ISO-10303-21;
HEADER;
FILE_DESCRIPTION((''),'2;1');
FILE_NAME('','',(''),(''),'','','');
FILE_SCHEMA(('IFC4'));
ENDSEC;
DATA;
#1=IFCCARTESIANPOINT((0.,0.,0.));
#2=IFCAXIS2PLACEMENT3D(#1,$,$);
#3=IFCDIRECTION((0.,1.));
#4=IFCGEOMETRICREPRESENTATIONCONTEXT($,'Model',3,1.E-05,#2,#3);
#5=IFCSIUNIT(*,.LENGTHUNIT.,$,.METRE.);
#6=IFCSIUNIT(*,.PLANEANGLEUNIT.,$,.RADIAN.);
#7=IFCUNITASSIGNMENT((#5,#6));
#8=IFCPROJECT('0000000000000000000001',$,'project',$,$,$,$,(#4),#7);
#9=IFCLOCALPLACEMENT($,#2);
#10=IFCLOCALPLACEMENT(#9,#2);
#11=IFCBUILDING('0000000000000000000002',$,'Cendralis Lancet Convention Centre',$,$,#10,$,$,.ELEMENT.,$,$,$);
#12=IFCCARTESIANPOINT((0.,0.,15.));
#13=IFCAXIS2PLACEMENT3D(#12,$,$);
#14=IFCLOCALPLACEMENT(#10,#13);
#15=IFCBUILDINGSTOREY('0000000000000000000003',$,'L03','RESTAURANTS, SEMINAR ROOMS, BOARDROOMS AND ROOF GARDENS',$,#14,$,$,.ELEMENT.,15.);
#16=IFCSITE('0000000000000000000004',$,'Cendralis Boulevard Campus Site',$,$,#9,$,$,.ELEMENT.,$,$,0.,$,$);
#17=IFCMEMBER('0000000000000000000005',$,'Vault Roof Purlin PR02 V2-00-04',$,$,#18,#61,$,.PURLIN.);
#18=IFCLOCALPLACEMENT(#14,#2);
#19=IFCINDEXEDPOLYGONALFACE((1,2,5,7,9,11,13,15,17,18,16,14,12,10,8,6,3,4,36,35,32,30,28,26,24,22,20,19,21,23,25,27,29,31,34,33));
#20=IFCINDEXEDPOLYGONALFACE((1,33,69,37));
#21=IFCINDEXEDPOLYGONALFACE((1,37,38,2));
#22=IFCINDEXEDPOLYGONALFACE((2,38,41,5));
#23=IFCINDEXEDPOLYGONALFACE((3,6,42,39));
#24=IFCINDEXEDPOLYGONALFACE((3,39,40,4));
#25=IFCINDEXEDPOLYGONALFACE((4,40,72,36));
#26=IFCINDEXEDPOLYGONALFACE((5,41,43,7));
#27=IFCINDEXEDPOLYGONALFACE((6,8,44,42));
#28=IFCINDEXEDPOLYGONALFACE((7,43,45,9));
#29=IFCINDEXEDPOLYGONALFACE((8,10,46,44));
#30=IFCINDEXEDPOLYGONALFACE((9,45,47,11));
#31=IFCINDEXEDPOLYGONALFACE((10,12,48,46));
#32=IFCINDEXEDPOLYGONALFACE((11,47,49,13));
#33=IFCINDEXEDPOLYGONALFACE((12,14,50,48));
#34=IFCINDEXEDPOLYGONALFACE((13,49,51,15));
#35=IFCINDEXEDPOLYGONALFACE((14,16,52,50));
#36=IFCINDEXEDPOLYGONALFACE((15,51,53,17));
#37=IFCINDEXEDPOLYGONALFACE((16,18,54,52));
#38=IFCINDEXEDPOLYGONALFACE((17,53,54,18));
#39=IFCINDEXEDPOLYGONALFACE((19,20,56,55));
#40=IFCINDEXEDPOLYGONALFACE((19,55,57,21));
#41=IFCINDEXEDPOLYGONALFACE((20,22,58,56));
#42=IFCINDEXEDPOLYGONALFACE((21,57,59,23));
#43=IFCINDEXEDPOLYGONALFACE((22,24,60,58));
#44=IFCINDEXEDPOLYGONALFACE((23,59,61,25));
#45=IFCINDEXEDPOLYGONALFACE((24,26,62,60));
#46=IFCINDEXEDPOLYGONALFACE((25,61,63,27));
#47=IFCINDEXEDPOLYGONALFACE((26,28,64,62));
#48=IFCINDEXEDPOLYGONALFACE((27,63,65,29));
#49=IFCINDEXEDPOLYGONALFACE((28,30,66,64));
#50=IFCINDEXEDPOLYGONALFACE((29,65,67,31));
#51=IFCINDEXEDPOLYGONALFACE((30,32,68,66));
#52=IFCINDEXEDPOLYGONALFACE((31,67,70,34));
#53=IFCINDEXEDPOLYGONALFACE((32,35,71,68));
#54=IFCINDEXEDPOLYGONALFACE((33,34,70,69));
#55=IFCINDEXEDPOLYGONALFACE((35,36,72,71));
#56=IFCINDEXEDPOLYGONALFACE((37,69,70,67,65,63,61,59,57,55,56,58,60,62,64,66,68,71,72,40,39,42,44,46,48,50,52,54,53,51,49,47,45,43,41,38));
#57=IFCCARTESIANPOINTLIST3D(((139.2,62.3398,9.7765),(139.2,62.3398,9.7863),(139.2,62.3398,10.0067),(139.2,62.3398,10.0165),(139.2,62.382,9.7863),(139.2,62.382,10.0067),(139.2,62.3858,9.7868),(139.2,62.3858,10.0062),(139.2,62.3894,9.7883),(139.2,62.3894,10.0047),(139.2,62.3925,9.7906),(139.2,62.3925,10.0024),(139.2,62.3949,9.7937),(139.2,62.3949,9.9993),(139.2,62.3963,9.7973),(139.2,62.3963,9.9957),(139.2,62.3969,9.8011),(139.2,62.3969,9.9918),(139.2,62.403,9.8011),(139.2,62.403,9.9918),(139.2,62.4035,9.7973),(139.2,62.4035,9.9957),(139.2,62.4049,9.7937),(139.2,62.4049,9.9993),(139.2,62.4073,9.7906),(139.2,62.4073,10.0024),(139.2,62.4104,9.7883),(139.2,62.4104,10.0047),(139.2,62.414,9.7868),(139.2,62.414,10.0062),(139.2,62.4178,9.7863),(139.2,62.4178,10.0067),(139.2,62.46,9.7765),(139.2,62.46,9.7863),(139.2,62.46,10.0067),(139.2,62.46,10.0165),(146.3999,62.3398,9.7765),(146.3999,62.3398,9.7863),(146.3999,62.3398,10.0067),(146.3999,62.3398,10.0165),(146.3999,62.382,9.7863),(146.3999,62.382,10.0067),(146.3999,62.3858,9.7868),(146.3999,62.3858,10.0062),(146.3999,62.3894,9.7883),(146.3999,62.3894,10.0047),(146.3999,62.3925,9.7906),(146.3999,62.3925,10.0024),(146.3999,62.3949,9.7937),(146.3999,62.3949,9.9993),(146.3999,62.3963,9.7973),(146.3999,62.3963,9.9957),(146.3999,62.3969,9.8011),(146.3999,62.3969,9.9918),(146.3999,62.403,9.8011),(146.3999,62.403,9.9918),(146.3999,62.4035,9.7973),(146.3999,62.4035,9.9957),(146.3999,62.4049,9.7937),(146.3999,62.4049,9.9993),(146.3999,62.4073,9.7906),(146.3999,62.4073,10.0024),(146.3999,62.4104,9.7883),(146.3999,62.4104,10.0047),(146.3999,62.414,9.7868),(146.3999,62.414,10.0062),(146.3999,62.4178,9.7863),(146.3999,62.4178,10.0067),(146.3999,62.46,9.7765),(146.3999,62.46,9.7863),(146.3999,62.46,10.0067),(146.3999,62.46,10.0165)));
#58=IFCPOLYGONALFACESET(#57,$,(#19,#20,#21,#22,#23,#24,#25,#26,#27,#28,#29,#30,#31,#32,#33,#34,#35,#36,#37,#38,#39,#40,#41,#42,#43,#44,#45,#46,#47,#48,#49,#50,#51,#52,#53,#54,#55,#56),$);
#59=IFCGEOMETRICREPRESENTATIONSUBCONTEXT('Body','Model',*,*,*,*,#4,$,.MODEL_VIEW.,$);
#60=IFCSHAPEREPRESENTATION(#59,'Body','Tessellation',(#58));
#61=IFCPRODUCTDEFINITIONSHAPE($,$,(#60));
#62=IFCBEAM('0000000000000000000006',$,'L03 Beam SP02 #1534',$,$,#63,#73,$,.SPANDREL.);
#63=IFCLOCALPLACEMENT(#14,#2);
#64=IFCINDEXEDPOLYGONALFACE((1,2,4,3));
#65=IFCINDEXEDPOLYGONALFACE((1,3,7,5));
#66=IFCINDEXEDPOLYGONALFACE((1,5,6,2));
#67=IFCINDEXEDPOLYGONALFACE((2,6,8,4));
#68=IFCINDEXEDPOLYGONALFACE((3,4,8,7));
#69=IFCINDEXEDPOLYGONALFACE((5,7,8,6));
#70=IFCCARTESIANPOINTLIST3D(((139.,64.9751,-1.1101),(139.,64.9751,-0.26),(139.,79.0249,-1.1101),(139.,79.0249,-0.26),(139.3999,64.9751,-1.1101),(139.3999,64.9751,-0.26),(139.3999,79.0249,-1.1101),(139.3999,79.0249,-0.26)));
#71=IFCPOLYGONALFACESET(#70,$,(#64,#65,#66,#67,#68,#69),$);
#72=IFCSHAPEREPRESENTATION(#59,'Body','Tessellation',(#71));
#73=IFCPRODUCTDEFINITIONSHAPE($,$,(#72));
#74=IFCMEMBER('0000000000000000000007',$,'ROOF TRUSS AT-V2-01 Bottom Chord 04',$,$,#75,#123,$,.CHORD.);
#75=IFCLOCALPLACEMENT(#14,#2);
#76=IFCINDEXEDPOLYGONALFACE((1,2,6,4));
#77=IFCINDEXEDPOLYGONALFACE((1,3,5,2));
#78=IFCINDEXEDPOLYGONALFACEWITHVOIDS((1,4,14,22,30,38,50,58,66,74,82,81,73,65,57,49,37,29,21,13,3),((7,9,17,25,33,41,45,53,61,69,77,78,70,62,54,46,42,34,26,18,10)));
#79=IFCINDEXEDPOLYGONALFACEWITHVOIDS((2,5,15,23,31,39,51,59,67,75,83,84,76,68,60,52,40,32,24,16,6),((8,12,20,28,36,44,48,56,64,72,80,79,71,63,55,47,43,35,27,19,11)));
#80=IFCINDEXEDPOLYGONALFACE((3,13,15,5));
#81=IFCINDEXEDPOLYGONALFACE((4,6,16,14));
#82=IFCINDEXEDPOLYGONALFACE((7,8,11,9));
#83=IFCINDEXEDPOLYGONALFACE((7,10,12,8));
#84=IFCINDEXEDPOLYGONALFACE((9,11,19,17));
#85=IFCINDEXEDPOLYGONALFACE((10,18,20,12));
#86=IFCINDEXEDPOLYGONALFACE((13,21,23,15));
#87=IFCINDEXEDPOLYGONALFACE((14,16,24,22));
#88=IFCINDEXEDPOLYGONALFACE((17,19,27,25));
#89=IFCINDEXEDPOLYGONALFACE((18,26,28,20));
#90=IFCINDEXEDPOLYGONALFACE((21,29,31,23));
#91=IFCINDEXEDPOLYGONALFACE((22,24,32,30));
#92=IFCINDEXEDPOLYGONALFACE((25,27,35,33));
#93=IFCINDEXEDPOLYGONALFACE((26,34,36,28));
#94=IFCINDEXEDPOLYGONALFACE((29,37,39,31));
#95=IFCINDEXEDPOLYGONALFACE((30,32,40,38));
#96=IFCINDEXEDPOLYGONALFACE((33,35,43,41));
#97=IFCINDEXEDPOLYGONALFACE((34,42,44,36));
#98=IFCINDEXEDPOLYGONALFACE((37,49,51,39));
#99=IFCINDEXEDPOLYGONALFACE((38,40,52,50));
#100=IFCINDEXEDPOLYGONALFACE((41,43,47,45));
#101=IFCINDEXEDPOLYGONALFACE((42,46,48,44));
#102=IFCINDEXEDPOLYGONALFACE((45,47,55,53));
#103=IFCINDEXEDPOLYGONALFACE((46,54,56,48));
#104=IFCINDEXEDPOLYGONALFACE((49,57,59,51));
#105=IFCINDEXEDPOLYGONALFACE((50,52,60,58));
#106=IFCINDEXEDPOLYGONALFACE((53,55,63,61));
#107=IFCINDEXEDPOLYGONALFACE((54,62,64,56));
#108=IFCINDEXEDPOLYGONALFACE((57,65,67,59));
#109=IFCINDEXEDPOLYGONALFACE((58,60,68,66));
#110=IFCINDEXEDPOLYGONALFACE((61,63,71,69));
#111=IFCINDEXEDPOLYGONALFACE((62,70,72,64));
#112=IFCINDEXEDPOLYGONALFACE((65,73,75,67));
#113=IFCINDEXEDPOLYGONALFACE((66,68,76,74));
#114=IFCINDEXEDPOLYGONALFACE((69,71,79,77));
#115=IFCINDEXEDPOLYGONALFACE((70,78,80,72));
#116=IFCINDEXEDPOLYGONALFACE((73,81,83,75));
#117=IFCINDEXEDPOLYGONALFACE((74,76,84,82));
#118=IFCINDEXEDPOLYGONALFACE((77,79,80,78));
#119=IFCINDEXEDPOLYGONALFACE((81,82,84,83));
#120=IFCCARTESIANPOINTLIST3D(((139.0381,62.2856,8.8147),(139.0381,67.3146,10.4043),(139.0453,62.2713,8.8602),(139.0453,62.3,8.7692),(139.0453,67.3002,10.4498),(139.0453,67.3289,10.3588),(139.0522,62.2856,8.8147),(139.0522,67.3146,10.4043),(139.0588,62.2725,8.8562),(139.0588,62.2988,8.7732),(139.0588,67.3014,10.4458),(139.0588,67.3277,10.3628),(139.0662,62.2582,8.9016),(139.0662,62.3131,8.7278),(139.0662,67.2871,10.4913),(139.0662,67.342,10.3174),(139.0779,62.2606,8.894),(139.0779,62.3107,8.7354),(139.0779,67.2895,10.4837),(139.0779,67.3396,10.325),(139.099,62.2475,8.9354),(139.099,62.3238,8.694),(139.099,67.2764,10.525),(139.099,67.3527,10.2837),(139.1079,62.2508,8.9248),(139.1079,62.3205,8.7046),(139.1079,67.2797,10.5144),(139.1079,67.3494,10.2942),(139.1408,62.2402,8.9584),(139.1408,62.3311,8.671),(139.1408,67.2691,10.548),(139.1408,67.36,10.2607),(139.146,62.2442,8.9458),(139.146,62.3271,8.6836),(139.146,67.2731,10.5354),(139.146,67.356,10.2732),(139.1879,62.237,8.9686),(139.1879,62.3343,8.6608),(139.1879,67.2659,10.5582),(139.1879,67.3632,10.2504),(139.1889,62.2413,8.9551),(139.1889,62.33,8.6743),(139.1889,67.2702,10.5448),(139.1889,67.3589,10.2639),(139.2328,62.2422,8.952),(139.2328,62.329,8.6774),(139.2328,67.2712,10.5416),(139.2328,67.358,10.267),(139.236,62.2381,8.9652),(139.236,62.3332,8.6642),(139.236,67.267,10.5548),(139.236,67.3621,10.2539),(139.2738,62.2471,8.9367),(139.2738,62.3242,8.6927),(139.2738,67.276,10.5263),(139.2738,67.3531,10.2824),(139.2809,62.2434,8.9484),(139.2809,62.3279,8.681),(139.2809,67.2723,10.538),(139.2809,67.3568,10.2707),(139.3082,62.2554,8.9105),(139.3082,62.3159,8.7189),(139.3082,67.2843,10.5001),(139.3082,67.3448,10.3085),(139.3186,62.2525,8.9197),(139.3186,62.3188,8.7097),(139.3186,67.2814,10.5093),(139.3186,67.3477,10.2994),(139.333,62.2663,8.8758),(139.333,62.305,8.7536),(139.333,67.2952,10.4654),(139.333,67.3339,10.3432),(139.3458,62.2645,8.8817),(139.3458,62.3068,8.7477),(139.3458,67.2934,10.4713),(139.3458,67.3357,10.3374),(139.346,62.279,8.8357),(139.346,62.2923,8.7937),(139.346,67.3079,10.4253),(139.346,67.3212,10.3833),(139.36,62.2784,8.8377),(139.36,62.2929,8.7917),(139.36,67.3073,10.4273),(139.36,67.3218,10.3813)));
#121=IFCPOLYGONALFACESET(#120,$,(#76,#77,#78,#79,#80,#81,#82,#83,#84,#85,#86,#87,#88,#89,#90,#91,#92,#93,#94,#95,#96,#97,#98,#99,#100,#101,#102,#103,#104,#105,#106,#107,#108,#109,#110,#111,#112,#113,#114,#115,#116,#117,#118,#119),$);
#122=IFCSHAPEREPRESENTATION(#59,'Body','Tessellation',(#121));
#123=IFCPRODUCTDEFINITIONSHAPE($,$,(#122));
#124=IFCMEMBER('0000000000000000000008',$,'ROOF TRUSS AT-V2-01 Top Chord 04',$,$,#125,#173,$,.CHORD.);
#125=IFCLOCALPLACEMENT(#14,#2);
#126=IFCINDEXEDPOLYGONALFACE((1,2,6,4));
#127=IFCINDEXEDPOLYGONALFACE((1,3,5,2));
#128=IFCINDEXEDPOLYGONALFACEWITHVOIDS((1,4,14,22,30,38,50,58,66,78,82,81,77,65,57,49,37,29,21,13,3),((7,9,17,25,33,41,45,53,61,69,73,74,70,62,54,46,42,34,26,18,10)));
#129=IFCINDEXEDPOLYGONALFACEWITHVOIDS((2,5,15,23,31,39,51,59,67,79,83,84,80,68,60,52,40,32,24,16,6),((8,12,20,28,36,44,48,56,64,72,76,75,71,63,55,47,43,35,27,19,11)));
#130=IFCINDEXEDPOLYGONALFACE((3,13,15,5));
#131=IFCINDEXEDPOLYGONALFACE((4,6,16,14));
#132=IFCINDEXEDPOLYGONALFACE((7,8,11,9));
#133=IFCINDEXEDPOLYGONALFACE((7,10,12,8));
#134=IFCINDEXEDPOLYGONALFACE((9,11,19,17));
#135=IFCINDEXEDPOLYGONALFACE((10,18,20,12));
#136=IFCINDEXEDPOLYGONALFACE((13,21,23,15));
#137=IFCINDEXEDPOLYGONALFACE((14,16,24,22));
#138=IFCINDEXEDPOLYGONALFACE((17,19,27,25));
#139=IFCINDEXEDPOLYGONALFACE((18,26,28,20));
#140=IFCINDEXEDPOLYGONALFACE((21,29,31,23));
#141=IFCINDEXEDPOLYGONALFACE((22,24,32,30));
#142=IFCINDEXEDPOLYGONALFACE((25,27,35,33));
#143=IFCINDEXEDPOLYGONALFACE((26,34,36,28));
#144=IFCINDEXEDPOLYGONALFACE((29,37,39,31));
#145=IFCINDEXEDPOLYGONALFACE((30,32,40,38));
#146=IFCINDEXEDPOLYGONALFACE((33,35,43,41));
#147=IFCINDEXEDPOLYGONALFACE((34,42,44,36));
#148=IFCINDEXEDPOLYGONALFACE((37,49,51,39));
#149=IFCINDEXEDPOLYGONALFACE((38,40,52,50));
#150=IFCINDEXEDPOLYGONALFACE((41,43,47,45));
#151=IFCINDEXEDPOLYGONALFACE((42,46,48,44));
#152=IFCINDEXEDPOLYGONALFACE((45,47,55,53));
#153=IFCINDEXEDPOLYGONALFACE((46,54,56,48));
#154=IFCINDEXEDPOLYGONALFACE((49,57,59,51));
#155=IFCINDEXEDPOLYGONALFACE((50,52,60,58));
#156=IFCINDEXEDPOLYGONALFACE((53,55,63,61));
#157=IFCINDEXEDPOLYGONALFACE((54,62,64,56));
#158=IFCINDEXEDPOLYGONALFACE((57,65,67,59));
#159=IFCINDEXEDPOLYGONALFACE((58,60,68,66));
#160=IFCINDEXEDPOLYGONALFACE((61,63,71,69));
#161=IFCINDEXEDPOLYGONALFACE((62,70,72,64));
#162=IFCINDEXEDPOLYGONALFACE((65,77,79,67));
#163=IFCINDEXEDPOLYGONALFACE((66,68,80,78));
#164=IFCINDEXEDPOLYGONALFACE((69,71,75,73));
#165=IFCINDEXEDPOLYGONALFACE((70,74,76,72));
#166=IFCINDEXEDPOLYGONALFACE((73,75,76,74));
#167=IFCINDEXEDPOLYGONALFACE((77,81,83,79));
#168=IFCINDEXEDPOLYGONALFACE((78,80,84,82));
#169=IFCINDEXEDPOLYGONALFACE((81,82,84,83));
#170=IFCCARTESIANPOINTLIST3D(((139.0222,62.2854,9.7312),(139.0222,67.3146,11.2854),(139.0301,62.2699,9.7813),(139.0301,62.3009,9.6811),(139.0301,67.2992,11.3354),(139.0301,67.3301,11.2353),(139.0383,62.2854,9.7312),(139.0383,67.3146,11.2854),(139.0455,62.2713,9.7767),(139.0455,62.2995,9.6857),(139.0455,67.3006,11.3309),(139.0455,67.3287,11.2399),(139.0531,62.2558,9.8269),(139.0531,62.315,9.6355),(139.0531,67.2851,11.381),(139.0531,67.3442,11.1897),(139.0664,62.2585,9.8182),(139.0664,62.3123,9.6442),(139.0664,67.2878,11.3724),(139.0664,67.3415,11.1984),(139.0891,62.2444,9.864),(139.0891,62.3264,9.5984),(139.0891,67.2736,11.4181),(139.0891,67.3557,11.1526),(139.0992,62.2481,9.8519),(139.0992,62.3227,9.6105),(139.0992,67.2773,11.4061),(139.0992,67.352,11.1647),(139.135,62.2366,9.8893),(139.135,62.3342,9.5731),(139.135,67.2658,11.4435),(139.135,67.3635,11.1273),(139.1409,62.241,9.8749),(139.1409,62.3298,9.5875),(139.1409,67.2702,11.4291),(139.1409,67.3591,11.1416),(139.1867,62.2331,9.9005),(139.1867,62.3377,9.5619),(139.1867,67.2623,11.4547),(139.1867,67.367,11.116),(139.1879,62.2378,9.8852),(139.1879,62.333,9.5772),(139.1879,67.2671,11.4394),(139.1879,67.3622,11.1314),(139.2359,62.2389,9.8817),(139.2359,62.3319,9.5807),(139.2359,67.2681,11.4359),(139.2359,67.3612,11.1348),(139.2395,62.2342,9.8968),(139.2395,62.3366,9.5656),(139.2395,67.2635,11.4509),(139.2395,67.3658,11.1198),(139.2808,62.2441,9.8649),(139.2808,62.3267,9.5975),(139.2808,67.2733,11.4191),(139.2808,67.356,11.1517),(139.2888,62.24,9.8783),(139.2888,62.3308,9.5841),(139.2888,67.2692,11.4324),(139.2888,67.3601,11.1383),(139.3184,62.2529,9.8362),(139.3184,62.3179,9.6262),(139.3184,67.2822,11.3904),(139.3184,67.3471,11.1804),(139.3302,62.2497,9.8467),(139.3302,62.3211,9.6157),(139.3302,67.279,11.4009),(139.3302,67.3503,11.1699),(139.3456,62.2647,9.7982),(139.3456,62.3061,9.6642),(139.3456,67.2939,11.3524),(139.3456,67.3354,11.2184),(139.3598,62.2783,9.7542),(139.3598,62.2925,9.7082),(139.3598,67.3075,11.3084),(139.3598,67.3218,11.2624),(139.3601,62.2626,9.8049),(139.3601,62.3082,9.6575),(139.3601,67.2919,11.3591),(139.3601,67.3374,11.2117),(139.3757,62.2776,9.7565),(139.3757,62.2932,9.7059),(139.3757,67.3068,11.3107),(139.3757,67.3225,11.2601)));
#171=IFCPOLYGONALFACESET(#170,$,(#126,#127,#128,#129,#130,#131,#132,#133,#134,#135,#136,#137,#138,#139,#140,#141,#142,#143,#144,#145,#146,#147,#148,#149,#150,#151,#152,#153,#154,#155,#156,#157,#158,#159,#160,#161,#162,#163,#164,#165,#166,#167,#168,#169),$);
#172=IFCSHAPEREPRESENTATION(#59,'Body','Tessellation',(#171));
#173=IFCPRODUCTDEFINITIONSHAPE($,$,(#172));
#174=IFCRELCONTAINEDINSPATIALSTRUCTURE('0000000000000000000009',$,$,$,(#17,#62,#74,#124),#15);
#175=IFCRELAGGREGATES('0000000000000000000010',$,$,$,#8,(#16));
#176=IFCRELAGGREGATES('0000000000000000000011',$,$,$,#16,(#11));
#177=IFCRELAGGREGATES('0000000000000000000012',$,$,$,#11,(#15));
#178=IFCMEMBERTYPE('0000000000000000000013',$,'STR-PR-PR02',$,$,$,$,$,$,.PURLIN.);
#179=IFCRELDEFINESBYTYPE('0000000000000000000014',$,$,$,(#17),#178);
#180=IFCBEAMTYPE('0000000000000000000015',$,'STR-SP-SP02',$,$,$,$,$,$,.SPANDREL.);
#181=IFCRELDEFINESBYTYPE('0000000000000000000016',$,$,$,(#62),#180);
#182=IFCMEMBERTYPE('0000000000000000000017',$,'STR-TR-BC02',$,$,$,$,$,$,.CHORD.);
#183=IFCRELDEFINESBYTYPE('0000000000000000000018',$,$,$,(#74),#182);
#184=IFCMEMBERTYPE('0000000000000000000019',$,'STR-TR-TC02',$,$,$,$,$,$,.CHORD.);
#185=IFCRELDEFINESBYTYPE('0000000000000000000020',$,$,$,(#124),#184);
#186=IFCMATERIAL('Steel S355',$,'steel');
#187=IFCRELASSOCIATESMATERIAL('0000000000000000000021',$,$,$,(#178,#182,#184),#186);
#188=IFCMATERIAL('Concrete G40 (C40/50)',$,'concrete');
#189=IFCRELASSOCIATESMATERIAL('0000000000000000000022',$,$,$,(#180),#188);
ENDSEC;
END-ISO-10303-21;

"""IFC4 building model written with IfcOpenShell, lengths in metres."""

from ifc_helpers import new_model, si_unit, direction, frame, origin, origin_2d, place, context, subcontext, project, spatial, rectangle, hollow_circle, i_section, extrude, material, material_profile, profile_set, type_object, element, save


model = new_model("IFC4")

# Units and contexts
model_context = context("Model", 3, precision=1e-05, world=origin(), true_north=direction((0.0, 1.0)))
body_context = subcontext(model_context, "Body", "Model", "MODEL_VIEW")
ifc_project = project(units=[si_unit("LENGTHUNIT", "METRE"), si_unit("PLANEANGLEUNIT", "RADIAN")], contexts=[model_context])

# Site, building, storey
site_placement = place(None, origin())
site = spatial("IfcSite", under=ifc_project, at=site_placement, Name="Cendralis Boulevard Campus Site", CompositionType="ELEMENT", RefElevation=0.0)
building_placement = place(site_placement, origin())
building = spatial("IfcBuilding", under=site, at=building_placement, Name="Cendralis Lancet Convention Centre", CompositionType="ELEMENT")
storey_placement = place(building_placement, frame((0.0, 0.0, 15.0)))
storey = spatial("IfcBuildingStorey", under=building, at=storey_placement, Name="L03", Description="RESTAURANTS, SEMINAR ROOMS, BOARDROOMS AND ROOF GARDENS", CompositionType="ELEMENT", Elevation=15.0)

# Shared definitions
ifc_material_1 = material(Name="Steel S355", Category="steel")

# Member
ifc_material_profile_1 = material_profile(ifc_material_1, i_section(OverallWidth=0.1201, OverallDepth=0.24, WebThickness=0.0061, FlangeThickness=0.0098, FilletRadius=0.0149, at=origin_2d()), Name="IPE 240")
ifc_profile_set_1 = profile_set([ifc_material_profile_1], Name="Steel S355")
member_type_1 = type_object("IfcMemberType", Name="STR-PR-PR02", PredefinedType="PURLIN", material=ifc_profile_set_1)
member_1_placement = place(storey_placement, frame((139.2, 62.3999, 9.8965), z_axis=(1.0, 0.0, 0.0), x_axis=(0.0, 1.0, 0.0)))
element("IfcMember", 1, at=member_1_placement, inside=storey, type_object=member_type_1, Name="Vault Roof Purlin PR02 V2-00-04", PredefinedType="PURLIN", context=body_context, shape_type="SweptSolid", body=[
    extrude(i_section(OverallWidth=0.1201, OverallDepth=0.24, WebThickness=0.0061, FlangeThickness=0.0098, FilletRadius=0.0149, at=origin_2d()), origin(), (0.0, 0.0, 1.0), 7.2),
])

# Beam
ifc_material_2 = material(Name="Concrete G40 (C40/50)", Category="concrete")
ifc_material_profile_2 = material_profile(ifc_material_2, rectangle(XDim=0.3999, YDim=0.8501, at=origin_2d()), Name="RCB 400x850")
ifc_profile_set_2 = profile_set([ifc_material_profile_2], Name="Concrete G40 (C40/50)")
beam_type = type_object("IfcBeamType", Name="STR-SP-SP02", PredefinedType="SPANDREL", material=ifc_profile_set_2)
beam_placement = place(storey_placement, frame((139.2, 64.9751, -0.6851), z_axis=(0.0, 1.0, 0.0), x_axis=(-1.0, 0.0, 0.0)))
element("IfcBeam", 2, at=beam_placement, inside=storey, type_object=beam_type, Name="L03 Beam SP02 #1534", PredefinedType="SPANDREL", context=body_context, shape_type="SweptSolid", body=[
    extrude(rectangle(XDim=0.3999, YDim=0.8501, at=origin_2d()), origin(), (0.0, 0.0, 1.0), 14.0498),
])

# Members
ifc_material_profile_3 = material_profile(ifc_material_1, hollow_circle(Radius=0.1619, WallThickness=0.0142, at=origin_2d()), Name="CHS 323.9x14.2")
ifc_profile_set_3 = profile_set([ifc_material_profile_3], Name="Steel S355")
member_type_2 = type_object("IfcMemberType", Name="STR-TR-BC02", PredefinedType="CHORD", material=ifc_profile_set_3)
member_2_placement = place(storey_placement, frame((139.2, 62.2856, 8.8147), z_axis=(0.0, 0.953498, 0.301399), x_axis=(-1.0, 0.0, 0.0)))
element("IfcMember", 3, at=member_2_placement, inside=storey, type_object=member_type_2, Name="ROOF TRUSS AT-V2-01 Bottom Chord 04", PredefinedType="CHORD", context=body_context, shape_type="SweptSolid", body=[
    extrude(hollow_circle(Radius=0.1619, WallThickness=0.0142, at=origin_2d()), origin(), (0.0, 0.0, 1.0), 5.2742),
])
ifc_material_profile_4 = material_profile(ifc_material_1, hollow_circle(Radius=0.1777, WallThickness=0.0161, at=origin_2d()), Name="CHS 355.6x16.0")
ifc_profile_set_4 = profile_set([ifc_material_profile_4], Name="Steel S355")
member_type_3 = type_object("IfcMemberType", Name="STR-TR-TC02", PredefinedType="CHORD", material=ifc_profile_set_4)
member_3_placement = place(storey_placement, frame((139.2, 62.2854, 9.7312), z_axis=(0.0, 0.955419, 0.295252), x_axis=(-1.0, 0.0, 0.0)))
element("IfcMember", 4, at=member_3_placement, inside=storey, type_object=member_type_3, Name="ROOF TRUSS AT-V2-01 Top Chord 04", PredefinedType="CHORD", context=body_context, shape_type="SweptSolid", body=[
    extrude(hollow_circle(Radius=0.1777, WallThickness=0.0161, at=origin_2d()), origin(), (0.0, 0.0, 1.0), 5.2639),
])

save(model, "model.ifc")
